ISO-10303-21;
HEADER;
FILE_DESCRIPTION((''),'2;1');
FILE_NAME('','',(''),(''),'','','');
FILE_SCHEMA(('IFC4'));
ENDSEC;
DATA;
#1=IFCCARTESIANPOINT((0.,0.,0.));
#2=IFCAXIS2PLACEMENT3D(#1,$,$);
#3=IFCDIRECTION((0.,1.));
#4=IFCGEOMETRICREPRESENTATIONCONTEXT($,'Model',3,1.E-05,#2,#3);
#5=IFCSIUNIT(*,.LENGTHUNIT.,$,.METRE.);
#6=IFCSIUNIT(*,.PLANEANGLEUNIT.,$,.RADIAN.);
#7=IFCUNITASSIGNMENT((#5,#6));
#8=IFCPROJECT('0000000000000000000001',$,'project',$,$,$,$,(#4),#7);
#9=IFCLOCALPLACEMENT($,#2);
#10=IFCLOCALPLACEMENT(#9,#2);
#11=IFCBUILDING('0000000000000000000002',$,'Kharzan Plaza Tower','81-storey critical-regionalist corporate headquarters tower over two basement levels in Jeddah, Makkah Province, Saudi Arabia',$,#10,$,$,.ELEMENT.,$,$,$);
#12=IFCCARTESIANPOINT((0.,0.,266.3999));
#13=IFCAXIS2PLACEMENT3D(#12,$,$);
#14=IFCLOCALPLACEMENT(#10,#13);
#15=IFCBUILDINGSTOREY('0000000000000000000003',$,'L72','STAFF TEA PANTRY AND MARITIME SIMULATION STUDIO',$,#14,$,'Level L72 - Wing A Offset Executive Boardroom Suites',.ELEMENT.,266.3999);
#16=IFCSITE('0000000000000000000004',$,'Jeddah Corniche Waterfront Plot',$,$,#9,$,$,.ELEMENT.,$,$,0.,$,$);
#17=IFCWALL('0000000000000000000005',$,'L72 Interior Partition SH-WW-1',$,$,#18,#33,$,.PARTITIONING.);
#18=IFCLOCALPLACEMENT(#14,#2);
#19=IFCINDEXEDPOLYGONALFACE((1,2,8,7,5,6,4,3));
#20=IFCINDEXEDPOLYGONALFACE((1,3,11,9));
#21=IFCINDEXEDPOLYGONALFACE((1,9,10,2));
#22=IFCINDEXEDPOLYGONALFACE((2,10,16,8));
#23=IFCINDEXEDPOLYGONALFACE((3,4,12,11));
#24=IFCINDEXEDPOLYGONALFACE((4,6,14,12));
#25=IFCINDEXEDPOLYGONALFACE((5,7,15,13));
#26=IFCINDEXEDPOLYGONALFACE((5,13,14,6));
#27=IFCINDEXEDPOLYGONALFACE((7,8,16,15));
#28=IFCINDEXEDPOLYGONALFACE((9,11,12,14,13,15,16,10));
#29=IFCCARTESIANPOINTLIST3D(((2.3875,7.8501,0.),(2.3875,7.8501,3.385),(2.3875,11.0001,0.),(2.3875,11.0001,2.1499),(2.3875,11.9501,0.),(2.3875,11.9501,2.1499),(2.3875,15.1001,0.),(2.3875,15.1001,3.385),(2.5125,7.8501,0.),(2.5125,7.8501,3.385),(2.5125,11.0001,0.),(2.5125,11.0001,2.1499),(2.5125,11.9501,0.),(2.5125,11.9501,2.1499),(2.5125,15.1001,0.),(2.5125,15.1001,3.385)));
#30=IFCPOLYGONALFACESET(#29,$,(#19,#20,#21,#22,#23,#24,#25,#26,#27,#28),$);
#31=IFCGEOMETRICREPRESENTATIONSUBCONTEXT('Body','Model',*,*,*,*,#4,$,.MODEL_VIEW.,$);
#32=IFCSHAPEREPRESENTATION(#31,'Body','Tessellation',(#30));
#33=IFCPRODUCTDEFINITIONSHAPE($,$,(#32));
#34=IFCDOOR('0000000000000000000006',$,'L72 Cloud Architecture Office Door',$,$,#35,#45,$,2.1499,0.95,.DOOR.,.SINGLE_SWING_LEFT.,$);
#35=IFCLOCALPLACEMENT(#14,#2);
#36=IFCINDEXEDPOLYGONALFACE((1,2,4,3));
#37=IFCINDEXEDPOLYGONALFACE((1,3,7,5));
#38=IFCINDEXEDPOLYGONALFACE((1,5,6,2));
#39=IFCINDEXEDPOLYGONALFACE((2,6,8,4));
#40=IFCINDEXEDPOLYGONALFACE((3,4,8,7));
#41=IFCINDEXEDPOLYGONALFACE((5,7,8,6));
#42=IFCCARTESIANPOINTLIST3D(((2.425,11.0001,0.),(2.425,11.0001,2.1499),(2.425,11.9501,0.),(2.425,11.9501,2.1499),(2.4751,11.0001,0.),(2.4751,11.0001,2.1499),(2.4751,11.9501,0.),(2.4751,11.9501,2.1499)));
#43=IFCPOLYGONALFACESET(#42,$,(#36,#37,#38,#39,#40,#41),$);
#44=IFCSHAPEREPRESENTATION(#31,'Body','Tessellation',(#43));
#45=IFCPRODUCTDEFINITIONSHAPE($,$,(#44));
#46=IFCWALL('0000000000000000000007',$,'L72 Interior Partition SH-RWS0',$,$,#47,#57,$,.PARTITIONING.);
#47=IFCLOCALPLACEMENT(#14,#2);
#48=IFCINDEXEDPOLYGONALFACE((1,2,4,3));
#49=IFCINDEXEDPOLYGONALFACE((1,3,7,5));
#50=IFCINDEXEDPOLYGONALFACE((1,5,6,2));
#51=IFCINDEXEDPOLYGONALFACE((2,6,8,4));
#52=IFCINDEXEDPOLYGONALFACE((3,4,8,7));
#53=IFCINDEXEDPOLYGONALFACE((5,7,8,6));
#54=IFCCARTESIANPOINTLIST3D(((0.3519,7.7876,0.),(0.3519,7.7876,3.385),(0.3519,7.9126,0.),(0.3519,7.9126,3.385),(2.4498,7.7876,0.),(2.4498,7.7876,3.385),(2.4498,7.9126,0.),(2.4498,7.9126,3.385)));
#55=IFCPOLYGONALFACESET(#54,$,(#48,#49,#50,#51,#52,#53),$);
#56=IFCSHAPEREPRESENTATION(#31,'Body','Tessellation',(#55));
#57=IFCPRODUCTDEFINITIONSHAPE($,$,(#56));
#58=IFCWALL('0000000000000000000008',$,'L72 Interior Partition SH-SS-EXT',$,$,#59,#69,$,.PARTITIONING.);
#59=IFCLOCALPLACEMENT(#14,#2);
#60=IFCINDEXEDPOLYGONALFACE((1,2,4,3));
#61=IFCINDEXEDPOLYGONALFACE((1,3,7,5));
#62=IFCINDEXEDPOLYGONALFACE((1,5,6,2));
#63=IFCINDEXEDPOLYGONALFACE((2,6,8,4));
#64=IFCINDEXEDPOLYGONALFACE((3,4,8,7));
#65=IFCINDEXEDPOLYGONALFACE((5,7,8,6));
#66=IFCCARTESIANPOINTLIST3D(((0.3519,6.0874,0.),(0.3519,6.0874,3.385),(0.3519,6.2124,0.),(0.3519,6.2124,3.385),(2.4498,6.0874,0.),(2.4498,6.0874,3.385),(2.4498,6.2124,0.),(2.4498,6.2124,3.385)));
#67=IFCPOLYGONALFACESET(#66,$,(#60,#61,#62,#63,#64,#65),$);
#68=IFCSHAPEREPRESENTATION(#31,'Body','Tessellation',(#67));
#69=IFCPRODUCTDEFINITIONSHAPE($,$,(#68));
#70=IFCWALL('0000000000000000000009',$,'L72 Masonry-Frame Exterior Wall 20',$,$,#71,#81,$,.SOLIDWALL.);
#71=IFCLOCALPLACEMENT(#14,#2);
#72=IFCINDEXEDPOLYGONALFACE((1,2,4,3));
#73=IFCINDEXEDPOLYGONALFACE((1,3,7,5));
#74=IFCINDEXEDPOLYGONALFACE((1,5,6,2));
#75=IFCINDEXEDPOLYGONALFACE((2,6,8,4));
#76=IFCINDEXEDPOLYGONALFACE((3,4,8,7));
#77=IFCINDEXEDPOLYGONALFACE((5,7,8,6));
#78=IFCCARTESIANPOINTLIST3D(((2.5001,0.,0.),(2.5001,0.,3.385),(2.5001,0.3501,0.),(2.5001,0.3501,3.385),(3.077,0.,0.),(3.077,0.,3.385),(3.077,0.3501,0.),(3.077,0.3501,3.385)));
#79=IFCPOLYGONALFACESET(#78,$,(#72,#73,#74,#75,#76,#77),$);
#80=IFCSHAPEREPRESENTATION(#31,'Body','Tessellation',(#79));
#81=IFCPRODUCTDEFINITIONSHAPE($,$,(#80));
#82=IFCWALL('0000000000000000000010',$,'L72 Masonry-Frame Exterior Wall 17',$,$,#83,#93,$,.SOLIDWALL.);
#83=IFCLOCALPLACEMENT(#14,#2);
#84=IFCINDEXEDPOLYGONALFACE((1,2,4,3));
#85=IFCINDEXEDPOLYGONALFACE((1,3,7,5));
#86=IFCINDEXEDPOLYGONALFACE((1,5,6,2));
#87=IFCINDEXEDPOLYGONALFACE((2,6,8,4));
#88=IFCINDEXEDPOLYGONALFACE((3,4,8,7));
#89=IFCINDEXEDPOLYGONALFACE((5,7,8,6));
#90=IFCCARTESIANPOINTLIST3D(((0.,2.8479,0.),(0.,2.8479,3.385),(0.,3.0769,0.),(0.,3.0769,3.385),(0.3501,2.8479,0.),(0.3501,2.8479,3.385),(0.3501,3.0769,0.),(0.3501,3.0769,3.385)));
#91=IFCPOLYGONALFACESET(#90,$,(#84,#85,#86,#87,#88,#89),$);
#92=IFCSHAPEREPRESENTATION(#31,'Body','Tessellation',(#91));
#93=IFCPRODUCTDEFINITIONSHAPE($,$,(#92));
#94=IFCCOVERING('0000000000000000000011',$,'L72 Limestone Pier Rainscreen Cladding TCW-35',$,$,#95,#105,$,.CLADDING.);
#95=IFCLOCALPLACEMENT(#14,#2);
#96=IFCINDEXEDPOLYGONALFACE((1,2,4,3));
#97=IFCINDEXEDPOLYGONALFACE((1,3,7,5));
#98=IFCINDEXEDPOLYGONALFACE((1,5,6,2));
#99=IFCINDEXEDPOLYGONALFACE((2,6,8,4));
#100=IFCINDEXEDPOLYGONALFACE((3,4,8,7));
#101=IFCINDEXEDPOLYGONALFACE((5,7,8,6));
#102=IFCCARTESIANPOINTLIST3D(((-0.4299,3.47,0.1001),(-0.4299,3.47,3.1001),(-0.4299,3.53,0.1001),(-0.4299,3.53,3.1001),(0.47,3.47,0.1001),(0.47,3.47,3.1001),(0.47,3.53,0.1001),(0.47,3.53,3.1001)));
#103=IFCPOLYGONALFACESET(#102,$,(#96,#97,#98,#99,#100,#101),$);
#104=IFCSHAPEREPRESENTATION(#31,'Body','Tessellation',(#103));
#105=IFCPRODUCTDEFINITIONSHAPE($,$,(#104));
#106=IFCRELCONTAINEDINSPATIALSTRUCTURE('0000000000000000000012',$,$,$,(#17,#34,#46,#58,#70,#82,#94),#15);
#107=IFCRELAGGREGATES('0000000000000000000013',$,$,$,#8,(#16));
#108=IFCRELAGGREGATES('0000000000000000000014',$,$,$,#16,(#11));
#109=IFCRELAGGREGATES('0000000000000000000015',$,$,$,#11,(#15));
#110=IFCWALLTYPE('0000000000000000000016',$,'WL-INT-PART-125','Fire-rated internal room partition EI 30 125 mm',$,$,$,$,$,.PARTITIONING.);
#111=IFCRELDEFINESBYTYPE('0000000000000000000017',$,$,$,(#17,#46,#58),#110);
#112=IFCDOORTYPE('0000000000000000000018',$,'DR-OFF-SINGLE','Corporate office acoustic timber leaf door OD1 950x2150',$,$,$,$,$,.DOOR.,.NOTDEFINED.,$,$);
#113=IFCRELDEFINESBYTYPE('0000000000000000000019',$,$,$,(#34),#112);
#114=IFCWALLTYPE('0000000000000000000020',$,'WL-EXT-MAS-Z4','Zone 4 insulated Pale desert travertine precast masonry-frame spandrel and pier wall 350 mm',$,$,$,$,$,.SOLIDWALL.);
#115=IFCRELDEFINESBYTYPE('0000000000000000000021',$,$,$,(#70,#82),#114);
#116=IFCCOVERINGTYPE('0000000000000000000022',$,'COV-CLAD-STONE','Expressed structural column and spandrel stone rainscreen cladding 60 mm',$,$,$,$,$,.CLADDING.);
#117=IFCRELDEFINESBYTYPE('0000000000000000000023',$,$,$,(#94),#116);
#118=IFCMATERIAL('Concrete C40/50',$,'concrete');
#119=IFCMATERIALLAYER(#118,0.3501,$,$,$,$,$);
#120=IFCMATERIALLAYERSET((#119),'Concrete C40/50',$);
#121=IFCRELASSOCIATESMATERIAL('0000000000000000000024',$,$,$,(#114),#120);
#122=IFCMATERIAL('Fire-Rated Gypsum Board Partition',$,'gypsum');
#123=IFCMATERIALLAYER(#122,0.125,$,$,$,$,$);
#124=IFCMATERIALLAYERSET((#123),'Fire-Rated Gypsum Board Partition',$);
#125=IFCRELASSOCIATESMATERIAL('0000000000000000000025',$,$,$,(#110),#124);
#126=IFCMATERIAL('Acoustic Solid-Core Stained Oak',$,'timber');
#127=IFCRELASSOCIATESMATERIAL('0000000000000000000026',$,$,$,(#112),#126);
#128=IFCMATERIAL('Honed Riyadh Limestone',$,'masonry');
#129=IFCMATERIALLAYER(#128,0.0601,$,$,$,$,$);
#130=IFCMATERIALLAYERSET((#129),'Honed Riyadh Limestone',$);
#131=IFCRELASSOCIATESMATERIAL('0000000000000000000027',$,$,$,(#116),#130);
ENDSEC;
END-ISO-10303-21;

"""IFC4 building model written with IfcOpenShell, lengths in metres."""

from ifc_helpers import new_model, si_unit, direction, frame, frame_2d, origin, origin_2d, place, context, subcontext, project, spatial, rectangle, extrude, source, transform, mapped, material, layer, layer_set, type_object, element, fill, save


model = new_model("IFC4")

# Units and contexts
model_context = context("Model", 3, precision=1e-05, world=origin(), true_north=direction((0.0, 1.0)))
body_context = subcontext(model_context, "Body", "Model", "MODEL_VIEW")
ifc_project = project(units=[si_unit("LENGTHUNIT", "METRE"), si_unit("PLANEANGLEUNIT", "RADIAN")], contexts=[model_context])

# Site, building, storey
site_placement = place(None, origin())
site = spatial("IfcSite", under=ifc_project, at=site_placement, Name="Jeddah Corniche Waterfront Plot", CompositionType="ELEMENT", RefElevation=0.0)
building_placement = place(site_placement, origin())
building = spatial("IfcBuilding", under=site, at=building_placement, Name="Kharzan Plaza Tower", Description="81-storey critical-regionalist corporate headquarters tower over two basement levels in Jeddah, Makkah Province, Saudi Arabia", CompositionType="ELEMENT")
storey_placement = place(building_placement, frame((0.0, 0.0, 266.3999)))
storey = spatial("IfcBuildingStorey", under=building, at=storey_placement, Name="L72", Description="STAFF TEA PANTRY AND MARITIME SIMULATION STUDIO", LongName="Level L72 - Wing A Offset Executive Boardroom Suites", CompositionType="ELEMENT", Elevation=266.3999)

# Shared definitions
ifc_material_1 = material(Name="Concrete C40/50", Category="concrete")

# Shared definitions
ifc_layer_1 = layer(ifc_material_1, 0.3501)
ifc_layer_set_1 = layer_set([ifc_layer_1], Name="Concrete C40/50")
wall_type_1 = type_object("IfcWallType", Name="WL-EXT-MAS-Z4", Description="Zone 4 insulated Pale desert travertine precast masonry-frame spandrel and pier wall 350 mm", PredefinedType="SOLIDWALL", material=ifc_layer_set_1)

# Wall, opening, door
ifc_material_2 = material(Name="Fire-Rated Gypsum Board Partition", Category="gypsum")
ifc_layer_2 = layer(ifc_material_2, 0.125)
ifc_layer_set_2 = layer_set([ifc_layer_2], Name="Fire-Rated Gypsum Board Partition")
wall_type_2 = type_object("IfcWallType", Name="WL-INT-PART-125", Description="Fire-rated internal room partition EI 30 125 mm", PredefinedType="PARTITIONING", material=ifc_layer_set_2)
ifc_material_3 = material(Name="Acoustic Solid-Core Stained Oak", Category="timber")
door_type = type_object("IfcDoorType", Name="DR-OFF-SINGLE", Description="Corporate office acoustic timber leaf door OD1 950x2150", OperationType="NOTDEFINED", PredefinedType="DOOR", material=ifc_material_3)
shared_shape_1 = source(origin(), body_context, "Body", "SweptSolid", [
    extrude(rectangle(XDim=0.95, YDim=2.1499, at=frame_2d((0.4751, 1.075))), frame((0.0, 0.0249, 0.0), z_axis=(0.0, -1.0, 0.0), x_axis=(1.0, 0.0, 0.0)), (0.0, 0.0, 1.0), 0.05),
])
wall_1_placement = place(storey_placement, frame((2.45, 7.8501, 0.0), z_axis=(0.0, 0.0, 1.0), x_axis=(0.0, 1.0, 0.0)))
wall_1 = element("IfcWall", 1, at=wall_1_placement, inside=storey, type_object=wall_type_2, Name="L72 Interior Partition SH-WW-1", PredefinedType="PARTITIONING", context=body_context, shape_type="SweptSolid", body=[
    extrude(rectangle(XDim=7.25, YDim=0.125, at=frame_2d((3.625, 0.0))), origin(), (0.0, 0.0, 1.0), 3.385),
])
opening_1_placement = place(wall_1_placement, frame((3.1499, 0.0, 0.0)))
opening_1 = element("IfcOpeningElement", 2, at=opening_1_placement, cuts=wall_1, PredefinedType="OPENING", context=body_context, shape_type="SweptSolid", body=[
    extrude(rectangle(XDim=0.95, YDim=2.1499, at=frame_2d((0.4751, 1.075))), frame((0.0, 0.0725, 0.0), z_axis=(0.0, -1.0, 0.0), x_axis=(1.0, 0.0, 0.0)), (0.0, 0.0, 1.0), 0.145),
])
door_1_placement = place(opening_1_placement, origin())
door_1 = element("IfcDoor", 3, at=door_1_placement, inside=storey, type_object=door_type, Name="L72 Cloud Architecture Office Door", OperationType="SINGLE_SWING_LEFT", OverallHeight=2.1499, OverallWidth=0.95, PredefinedType="DOOR", context=body_context, shape_type="MappedRepresentation", body=[
    mapped(shared_shape_1, transform((0.0, 0.0, 0.0), x_axis=(1.0, 0.0, 0.0), y_axis=(0.0, 1.0, 0.0), z_axis=(0.0, 0.0, 1.0))),
])
fill(opening_1, door_1)

# Walls
shared_shape_2 = source(origin(), body_context, "Body", "SweptSolid", [
    extrude(rectangle(XDim=2.0979, YDim=0.125, at=frame_2d((1.0488, 0.0))), origin(), (0.0, 0.0, 1.0), 3.385),
])
for number, where, z_axis, x_axis, name in (
    (4, (0.3521, 7.8501, 0.0), (0.0, 0.0, 1.0), (1.0, 0.0, 0.0), "L72 Interior Partition SH-RWS0"),
    (5, (0.3521, 6.1499, 0.0), (0.0, 0.0, 1.0), (1.0, 0.0, 0.0), "L72 Interior Partition SH-SS-EXT"),
):
    element("IfcWall", number, at=place(storey_placement, frame(where, z_axis=z_axis, x_axis=x_axis)), inside=storey, type_object=wall_type_2, Name=name, PredefinedType="PARTITIONING", context=body_context, shape_type="MappedRepresentation", body=[
        mapped(shared_shape_2, transform((0.0, 0.0, 0.0), x_axis=(1.0, 0.0, 0.0), y_axis=(0.0, 1.0, 0.0), z_axis=(0.0, 0.0, 1.0))),
    ])
shared_shape_3 = source(origin(), body_context, "Body", "SweptSolid", [
    extrude(rectangle(XDim=0.5769, YDim=0.3501, at=frame_2d((0.2886, 0.0))), origin(), (0.0, 0.0, 1.0), 3.385),
])
wall_2_placement = place(storey_placement, frame((2.5, 0.175, 0.0), z_axis=(0.0, 0.0, 1.0), x_axis=(1.0, 0.0, 0.0)))
element("IfcWall", 6, at=wall_2_placement, inside=storey, type_object=wall_type_1, Name="L72 Masonry-Frame Exterior Wall 20", PredefinedType="SOLIDWALL", context=body_context, shape_type="MappedRepresentation", body=[
    mapped(shared_shape_3, transform((0.0, 0.0, 0.0), x_axis=(1.0, 0.0, 0.0), y_axis=(0.0, 1.0, 0.0), z_axis=(0.0, 0.0, 1.0))),
])
shared_shape_4 = source(origin(), body_context, "Body", "SweptSolid", [
    extrude(rectangle(XDim=0.229, YDim=0.3501, at=frame_2d((0.1145, 0.0))), origin(), (0.0, 0.0, 1.0), 3.385),
])
wall_3_placement = place(storey_placement, frame((0.175, 3.0769, 0.0), z_axis=(0.0, 0.0, 1.0), x_axis=(0.0, -1.0, 0.0)))
element("IfcWall", 7, at=wall_3_placement, inside=storey, type_object=wall_type_1, Name="L72 Masonry-Frame Exterior Wall 17", PredefinedType="SOLIDWALL", context=body_context, shape_type="MappedRepresentation", body=[
    mapped(shared_shape_4, transform((0.0, 0.0, 0.0), x_axis=(1.0, 0.0, 0.0), y_axis=(0.0, 1.0, 0.0), z_axis=(0.0, 0.0, 1.0))),
])

# Covering
ifc_material_4 = material(Name="Honed Riyadh Limestone", Category="masonry")
ifc_layer_3 = layer(ifc_material_4, 0.0601)
ifc_layer_set_3 = layer_set([ifc_layer_3], Name="Honed Riyadh Limestone")
covering_type = type_object("IfcCoveringType", Name="COV-CLAD-STONE", Description="Expressed structural column and spandrel stone rainscreen cladding 60 mm", PredefinedType="CLADDING", material=ifc_layer_set_3)
shared_shape_5 = source(origin(), body_context, "Body", "SweptSolid", [
    extrude(rectangle(XDim=0.0601, YDim=0.8999, at=origin_2d()), origin(), (0.0, 0.0, 1.0), 3.0),
])
covering_placement = place(storey_placement, frame((0.02, 3.5, 0.1001), z_axis=(0.0, 0.0, 1.0), x_axis=(0.0, 1.0, 0.0)))
element("IfcCovering", 8, at=covering_placement, inside=storey, type_object=covering_type, Name="L72 Limestone Pier Rainscreen Cladding TCW-35", PredefinedType="CLADDING", context=body_context, shape_type="MappedRepresentation", body=[
    mapped(shared_shape_5, transform((0.0, 0.0, 0.0), x_axis=(1.0, 0.0, 0.0), y_axis=(0.0, 1.0, 0.0), z_axis=(0.0, 0.0, 1.0))),
])

save(model, "model.ifc")
